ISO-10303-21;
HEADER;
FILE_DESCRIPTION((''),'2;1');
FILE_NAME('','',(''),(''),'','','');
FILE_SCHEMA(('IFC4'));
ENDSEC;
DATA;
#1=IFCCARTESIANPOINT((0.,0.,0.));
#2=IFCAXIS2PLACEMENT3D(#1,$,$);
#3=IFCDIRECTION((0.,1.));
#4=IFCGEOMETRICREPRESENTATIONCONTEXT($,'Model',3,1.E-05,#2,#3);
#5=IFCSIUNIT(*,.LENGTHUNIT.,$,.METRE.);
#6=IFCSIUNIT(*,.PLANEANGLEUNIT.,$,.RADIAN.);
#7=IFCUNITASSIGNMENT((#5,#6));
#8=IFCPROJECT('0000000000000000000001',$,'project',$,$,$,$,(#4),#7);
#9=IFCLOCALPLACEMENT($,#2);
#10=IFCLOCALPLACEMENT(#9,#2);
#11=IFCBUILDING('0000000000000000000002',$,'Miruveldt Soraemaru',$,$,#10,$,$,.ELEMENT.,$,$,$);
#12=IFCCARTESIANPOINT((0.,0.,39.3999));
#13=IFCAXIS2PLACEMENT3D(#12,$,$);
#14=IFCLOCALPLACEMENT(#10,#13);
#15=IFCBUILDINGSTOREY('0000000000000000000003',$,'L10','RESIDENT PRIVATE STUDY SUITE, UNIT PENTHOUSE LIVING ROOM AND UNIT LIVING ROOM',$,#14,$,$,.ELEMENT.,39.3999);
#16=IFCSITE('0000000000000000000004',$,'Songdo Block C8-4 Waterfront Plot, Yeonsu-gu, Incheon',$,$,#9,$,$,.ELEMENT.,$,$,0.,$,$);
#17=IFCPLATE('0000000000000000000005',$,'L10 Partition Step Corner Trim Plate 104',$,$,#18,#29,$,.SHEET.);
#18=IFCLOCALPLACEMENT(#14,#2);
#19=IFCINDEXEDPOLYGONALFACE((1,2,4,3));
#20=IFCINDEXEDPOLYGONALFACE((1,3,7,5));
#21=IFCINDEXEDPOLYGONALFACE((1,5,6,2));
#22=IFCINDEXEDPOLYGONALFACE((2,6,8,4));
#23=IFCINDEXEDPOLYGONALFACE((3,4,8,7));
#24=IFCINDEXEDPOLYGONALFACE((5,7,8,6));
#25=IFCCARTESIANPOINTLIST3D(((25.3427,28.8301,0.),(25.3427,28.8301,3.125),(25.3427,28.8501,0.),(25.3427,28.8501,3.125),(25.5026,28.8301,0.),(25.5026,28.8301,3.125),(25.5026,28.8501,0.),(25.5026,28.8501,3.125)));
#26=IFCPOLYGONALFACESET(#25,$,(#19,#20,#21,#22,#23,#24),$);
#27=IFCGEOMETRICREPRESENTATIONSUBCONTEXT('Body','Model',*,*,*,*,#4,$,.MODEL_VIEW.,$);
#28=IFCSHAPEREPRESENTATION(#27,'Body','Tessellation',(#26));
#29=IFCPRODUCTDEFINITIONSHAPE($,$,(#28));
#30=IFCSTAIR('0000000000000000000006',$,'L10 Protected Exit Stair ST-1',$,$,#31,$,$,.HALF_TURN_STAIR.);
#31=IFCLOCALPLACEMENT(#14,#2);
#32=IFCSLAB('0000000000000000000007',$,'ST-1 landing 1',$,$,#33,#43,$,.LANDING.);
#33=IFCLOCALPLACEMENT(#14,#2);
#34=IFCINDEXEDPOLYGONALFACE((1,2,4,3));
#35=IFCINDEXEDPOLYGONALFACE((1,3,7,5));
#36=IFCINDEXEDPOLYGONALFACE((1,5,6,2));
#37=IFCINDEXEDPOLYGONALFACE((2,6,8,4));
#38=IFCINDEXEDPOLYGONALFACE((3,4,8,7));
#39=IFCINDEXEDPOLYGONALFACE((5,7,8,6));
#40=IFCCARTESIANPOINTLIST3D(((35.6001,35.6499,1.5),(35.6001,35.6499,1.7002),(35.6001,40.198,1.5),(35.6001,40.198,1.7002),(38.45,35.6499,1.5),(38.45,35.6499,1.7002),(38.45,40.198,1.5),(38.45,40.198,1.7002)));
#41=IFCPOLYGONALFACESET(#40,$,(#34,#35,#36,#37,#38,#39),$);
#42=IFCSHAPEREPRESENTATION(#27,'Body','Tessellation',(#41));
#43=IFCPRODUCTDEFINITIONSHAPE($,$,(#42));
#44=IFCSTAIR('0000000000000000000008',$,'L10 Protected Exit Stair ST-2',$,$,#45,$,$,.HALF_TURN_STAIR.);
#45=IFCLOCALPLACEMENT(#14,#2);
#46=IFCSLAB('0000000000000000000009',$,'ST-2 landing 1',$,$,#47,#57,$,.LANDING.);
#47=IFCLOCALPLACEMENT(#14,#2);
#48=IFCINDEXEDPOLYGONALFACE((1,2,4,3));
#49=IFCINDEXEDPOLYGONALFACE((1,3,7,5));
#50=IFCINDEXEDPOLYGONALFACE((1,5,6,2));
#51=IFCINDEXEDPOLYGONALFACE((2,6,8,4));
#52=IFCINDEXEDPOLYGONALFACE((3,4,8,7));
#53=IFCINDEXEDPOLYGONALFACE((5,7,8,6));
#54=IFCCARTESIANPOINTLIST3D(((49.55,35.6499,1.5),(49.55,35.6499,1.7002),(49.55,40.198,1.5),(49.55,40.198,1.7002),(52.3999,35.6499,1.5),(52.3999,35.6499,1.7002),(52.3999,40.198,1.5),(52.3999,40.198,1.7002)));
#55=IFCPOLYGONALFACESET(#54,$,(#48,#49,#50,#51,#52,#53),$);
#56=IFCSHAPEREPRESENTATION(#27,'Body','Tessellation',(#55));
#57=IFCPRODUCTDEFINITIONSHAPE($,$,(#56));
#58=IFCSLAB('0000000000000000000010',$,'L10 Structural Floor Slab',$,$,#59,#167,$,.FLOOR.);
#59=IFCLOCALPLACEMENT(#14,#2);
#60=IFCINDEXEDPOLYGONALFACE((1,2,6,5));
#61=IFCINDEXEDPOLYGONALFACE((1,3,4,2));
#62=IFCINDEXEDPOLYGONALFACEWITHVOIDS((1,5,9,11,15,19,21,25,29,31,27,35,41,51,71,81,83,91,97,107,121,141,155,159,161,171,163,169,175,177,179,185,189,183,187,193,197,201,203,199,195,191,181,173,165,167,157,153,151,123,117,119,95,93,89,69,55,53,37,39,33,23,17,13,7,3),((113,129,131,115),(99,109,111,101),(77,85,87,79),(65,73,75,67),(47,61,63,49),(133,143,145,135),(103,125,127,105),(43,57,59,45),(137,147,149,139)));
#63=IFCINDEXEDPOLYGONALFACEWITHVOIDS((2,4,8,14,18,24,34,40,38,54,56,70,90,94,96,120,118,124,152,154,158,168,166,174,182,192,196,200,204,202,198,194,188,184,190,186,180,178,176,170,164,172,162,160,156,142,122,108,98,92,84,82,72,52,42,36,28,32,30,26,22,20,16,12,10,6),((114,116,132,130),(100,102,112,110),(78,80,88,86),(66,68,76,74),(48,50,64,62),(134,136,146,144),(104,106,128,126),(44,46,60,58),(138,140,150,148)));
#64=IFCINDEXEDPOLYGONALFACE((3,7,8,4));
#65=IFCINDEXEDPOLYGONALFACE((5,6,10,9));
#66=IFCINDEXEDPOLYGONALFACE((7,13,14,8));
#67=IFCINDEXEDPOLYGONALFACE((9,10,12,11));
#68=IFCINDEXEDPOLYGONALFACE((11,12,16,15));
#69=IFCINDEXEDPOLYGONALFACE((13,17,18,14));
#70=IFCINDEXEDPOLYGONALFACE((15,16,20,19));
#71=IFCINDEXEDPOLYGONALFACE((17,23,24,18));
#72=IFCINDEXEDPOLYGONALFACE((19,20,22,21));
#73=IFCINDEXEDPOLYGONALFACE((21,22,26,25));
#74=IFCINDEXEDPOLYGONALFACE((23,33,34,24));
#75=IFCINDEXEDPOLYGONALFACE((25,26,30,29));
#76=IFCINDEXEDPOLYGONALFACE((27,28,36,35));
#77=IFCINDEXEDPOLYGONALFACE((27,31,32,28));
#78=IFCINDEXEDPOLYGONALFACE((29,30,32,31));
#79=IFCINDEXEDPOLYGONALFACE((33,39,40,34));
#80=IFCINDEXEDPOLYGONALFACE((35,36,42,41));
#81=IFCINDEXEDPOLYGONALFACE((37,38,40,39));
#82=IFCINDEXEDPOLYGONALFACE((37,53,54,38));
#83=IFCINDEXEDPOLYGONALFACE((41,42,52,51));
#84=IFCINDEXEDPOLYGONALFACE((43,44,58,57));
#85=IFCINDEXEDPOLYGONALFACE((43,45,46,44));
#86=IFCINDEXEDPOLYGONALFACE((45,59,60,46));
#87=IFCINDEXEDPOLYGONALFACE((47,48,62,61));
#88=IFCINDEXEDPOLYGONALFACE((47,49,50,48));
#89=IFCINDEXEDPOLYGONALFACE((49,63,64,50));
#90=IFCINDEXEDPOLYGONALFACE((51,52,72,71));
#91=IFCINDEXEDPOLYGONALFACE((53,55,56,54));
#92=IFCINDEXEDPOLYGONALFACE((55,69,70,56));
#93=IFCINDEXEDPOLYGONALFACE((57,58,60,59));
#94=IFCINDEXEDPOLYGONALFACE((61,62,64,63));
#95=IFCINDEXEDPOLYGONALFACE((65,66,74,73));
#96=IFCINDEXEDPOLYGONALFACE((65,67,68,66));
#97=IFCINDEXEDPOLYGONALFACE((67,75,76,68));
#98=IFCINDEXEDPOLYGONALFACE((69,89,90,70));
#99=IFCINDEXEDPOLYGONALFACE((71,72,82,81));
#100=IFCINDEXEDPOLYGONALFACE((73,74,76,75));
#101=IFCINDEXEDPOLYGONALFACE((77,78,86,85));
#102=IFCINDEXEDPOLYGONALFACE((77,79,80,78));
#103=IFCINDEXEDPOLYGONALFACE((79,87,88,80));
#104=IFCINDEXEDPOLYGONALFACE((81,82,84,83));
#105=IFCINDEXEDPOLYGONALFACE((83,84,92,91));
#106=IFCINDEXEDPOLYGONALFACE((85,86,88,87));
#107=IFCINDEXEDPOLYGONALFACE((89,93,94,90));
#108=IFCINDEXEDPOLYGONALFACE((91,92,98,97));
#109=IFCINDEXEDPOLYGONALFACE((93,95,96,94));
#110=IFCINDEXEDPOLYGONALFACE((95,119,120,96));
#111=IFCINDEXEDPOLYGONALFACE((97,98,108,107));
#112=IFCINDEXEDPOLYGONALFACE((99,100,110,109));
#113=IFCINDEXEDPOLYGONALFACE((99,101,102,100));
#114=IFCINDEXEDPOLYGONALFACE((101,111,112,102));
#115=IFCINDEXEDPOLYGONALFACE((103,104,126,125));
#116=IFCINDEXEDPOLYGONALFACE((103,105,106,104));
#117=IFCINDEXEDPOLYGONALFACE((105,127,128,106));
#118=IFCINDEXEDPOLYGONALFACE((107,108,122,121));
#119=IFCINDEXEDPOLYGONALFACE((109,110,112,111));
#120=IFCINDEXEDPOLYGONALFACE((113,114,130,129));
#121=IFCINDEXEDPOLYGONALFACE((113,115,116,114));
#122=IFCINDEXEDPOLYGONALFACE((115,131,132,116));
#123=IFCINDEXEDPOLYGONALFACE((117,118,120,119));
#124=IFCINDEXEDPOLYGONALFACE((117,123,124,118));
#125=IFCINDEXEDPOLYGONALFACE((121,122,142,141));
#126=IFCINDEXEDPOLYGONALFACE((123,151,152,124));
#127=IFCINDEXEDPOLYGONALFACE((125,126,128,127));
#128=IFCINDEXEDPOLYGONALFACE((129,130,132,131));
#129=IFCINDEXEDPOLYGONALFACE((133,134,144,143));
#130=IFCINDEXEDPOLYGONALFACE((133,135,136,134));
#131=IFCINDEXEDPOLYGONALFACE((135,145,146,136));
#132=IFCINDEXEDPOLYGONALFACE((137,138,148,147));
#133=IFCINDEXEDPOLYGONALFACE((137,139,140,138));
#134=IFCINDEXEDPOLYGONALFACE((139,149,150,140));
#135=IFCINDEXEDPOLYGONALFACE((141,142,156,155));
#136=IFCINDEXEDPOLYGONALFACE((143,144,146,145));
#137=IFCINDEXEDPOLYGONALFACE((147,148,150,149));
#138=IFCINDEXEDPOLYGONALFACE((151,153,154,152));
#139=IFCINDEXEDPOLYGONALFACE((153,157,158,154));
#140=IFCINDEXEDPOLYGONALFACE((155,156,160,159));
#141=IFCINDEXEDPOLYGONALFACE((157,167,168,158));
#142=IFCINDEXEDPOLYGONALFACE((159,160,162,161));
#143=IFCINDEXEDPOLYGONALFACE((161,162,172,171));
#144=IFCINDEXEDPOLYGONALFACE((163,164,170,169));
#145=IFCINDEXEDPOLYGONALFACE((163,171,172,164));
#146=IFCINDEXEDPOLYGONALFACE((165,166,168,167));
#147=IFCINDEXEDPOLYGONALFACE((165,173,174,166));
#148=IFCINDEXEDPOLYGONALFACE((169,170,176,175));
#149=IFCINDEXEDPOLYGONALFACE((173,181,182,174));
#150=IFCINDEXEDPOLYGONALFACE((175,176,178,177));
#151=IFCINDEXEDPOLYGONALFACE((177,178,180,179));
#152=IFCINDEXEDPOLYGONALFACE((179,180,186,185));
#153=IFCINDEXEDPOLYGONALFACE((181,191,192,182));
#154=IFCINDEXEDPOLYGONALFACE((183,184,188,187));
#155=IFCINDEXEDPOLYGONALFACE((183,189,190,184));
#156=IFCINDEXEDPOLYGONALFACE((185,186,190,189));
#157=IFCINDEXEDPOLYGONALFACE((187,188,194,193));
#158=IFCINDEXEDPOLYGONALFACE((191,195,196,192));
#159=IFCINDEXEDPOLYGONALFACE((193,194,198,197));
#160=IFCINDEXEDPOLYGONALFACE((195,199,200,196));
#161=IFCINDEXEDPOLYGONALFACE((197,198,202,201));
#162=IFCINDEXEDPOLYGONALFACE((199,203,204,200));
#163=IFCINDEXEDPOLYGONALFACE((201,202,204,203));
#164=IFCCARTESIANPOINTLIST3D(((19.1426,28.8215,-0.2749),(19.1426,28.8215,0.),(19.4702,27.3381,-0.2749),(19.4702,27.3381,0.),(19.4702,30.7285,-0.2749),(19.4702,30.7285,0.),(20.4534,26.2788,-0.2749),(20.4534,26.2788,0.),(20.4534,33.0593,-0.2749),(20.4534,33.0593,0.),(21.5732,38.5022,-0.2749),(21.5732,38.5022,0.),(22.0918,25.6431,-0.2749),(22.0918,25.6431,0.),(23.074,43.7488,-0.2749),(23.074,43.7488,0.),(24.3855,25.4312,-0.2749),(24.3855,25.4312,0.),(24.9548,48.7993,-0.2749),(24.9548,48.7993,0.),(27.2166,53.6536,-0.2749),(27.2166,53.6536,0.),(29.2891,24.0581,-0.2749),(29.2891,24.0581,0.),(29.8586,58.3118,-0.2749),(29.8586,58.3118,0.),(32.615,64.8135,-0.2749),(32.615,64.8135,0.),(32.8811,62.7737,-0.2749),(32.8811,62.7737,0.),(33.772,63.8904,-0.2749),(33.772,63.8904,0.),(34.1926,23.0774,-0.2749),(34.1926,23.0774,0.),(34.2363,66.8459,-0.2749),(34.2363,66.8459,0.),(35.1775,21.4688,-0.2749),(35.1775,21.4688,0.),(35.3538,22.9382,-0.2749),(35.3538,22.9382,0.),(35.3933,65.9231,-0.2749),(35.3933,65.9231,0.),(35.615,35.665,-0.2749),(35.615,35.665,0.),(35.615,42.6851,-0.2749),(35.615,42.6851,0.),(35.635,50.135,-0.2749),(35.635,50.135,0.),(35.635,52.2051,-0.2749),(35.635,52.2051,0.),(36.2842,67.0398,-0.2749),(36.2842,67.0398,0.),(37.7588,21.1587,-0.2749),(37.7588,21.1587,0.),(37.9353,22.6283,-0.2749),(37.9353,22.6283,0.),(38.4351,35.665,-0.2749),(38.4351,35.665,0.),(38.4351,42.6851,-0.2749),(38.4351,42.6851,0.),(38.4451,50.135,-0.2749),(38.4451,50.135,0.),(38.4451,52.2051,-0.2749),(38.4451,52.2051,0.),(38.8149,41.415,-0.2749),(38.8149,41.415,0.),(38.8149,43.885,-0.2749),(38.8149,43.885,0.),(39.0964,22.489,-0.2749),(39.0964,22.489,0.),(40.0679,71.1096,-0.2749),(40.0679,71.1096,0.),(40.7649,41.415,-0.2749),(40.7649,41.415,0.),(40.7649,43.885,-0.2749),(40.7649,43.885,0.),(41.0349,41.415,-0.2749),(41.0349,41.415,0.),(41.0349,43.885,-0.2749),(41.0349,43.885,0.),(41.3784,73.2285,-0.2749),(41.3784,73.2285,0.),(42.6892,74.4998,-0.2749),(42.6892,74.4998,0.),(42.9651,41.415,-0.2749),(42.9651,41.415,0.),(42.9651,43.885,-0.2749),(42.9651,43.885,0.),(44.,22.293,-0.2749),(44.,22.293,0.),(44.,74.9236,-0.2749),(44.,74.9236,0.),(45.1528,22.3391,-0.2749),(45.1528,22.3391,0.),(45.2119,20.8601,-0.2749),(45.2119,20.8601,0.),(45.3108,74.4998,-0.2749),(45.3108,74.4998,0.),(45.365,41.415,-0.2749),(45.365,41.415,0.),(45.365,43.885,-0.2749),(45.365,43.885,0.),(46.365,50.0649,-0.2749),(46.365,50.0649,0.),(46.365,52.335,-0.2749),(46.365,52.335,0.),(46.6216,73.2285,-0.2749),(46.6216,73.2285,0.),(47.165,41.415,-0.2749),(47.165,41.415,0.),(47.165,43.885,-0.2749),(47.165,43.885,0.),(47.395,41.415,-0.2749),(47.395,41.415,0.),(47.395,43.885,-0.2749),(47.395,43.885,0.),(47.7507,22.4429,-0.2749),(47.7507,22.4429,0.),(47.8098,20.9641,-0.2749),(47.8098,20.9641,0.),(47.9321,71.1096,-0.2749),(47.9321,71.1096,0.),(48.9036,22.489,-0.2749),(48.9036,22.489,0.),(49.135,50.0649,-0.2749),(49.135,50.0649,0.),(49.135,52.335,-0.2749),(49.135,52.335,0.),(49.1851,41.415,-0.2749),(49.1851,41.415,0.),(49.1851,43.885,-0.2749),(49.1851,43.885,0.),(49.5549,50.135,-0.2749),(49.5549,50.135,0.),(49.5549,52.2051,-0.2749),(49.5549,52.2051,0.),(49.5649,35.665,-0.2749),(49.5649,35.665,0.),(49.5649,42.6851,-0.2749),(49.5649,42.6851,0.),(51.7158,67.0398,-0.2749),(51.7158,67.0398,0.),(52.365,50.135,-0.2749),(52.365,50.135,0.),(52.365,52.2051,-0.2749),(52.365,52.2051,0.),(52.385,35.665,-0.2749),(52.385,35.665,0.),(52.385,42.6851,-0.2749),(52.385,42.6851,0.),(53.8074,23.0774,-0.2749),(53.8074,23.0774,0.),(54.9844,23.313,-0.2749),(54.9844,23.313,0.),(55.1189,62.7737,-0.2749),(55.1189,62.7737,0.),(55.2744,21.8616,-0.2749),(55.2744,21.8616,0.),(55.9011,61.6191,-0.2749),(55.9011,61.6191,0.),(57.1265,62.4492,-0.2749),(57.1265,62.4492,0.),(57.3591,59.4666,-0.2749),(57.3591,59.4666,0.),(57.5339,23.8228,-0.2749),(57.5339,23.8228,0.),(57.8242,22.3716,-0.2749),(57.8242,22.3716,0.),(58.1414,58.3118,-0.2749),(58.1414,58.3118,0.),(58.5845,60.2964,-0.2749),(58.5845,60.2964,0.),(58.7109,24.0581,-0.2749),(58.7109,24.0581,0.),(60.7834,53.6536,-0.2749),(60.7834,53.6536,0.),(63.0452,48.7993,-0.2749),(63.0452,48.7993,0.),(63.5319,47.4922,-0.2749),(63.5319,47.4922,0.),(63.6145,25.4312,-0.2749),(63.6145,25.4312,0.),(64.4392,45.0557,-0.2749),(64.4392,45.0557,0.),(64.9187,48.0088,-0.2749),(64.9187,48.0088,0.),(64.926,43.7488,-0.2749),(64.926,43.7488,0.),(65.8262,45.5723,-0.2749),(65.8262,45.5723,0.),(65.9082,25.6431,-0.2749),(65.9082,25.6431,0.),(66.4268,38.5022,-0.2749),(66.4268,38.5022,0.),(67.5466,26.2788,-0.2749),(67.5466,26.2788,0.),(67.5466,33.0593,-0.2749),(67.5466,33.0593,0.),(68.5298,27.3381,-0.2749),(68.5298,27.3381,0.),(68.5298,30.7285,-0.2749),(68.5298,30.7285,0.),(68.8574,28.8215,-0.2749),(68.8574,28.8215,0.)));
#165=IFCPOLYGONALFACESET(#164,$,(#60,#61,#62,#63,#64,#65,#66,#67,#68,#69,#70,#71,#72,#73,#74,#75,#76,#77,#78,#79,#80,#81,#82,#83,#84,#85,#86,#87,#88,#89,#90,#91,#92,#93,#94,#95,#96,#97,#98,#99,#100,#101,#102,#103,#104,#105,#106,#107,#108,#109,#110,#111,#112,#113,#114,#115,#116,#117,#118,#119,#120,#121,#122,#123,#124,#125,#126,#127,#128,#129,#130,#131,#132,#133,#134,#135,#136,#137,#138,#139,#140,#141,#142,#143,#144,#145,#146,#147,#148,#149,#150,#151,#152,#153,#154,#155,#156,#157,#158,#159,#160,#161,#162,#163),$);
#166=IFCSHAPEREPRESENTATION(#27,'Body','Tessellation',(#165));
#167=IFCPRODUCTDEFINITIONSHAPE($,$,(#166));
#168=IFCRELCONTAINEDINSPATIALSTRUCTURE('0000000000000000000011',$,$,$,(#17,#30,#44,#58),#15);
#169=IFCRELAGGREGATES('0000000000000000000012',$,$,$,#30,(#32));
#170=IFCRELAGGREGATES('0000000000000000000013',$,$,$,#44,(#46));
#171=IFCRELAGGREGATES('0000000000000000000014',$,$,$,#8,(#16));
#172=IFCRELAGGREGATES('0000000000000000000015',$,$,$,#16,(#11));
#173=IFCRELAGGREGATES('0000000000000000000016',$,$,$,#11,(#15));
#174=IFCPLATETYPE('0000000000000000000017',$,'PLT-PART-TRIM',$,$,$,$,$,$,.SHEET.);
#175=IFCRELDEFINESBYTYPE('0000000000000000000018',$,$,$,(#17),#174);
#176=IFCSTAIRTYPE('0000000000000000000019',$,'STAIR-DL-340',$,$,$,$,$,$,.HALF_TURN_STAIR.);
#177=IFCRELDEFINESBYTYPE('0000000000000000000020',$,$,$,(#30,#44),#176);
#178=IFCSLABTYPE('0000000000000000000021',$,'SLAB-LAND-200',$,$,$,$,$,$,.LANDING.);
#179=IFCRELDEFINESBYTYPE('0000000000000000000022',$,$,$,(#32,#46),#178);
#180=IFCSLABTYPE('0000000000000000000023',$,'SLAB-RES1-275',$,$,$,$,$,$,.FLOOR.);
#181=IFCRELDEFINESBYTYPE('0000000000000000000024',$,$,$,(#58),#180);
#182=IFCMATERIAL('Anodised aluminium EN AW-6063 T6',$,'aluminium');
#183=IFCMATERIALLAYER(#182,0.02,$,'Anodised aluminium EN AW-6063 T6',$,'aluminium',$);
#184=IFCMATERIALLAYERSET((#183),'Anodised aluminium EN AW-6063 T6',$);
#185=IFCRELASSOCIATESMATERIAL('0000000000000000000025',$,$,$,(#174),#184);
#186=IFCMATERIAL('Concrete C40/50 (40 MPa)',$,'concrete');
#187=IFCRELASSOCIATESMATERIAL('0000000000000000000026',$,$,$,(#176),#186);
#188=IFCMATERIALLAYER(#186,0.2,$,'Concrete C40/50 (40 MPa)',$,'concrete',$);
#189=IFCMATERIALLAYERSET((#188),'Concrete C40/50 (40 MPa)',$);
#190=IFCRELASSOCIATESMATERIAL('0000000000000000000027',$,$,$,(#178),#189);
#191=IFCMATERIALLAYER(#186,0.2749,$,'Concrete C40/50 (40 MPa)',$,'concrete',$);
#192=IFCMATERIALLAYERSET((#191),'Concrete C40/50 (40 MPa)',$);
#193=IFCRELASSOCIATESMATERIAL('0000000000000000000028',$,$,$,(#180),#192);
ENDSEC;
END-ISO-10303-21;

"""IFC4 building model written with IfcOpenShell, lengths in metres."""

from ifc_helpers import new_model, si_unit, direction, frame, origin, origin_2d, place, context, subcontext, project, spatial, polyline, rectangle, outline, extrude, material, layer, layer_set, type_object, element, aggregate, save


model = new_model("IFC4")

# Units and contexts
model_context = context("Model", 3, precision=1e-05, world=origin(), true_north=direction((0.0, 1.0)))
body_context = subcontext(model_context, "Body", "Model", "MODEL_VIEW")
ifc_project = project(units=[si_unit("LENGTHUNIT", "METRE"), si_unit("PLANEANGLEUNIT", "RADIAN")], contexts=[model_context])

# Site, building, storey
site_placement = place(None, origin())
site = spatial("IfcSite", under=ifc_project, at=site_placement, Name="Songdo Block C8-4 Waterfront Plot, Yeonsu-gu, Incheon", CompositionType="ELEMENT", RefElevation=0.0)
building_placement = place(site_placement, origin())
building = spatial("IfcBuilding", under=site, at=building_placement, Name="Miruveldt Soraemaru", CompositionType="ELEMENT")
storey_placement = place(building_placement, frame((0.0, 0.0, 39.3999)))
storey = spatial("IfcBuildingStorey", under=building, at=storey_placement, Name="L10", Description="RESIDENT PRIVATE STUDY SUITE, UNIT PENTHOUSE LIVING ROOM AND UNIT LIVING ROOM", CompositionType="ELEMENT", Elevation=39.3999)

# Plate
ifc_material_1 = material(Name="Anodised aluminium EN AW-6063 T6", Category="aluminium")
ifc_layer_1 = layer(ifc_material_1, 0.02, Name="Anodised aluminium EN AW-6063 T6", Category="aluminium")
ifc_layer_set_1 = layer_set([ifc_layer_1], Name="Anodised aluminium EN AW-6063 T6")
plate_type = type_object("IfcPlateType", Name="PLT-PART-TRIM", PredefinedType="SHEET", material=ifc_layer_set_1)
plate_placement = place(storey_placement, frame((25.4226, 28.8401, 0.0), z_axis=(0.0, 0.0, 1.0), x_axis=(1.0, 0.0, 0.0)))
element("IfcPlate", 1, at=plate_placement, inside=storey, type_object=plate_type, Name="L10 Partition Step Corner Trim Plate 104", PredefinedType="SHEET", context=body_context, shape_type="SweptSolid", body=[
    extrude(rectangle(XDim=0.1599, YDim=0.02, at=origin_2d()), origin(), (0.0, 0.0, 1.0), 3.125),
])

# Stairs, slabs
ifc_material_2 = material(Name="Concrete C40/50 (40 MPa)", Category="concrete")
stair_type = type_object("IfcStairType", Name="STAIR-DL-340", PredefinedType="HALF_TURN_STAIR", material=ifc_material_2)
stair_1_placement = place(storey_placement, origin())
stair_1 = element("IfcStair", 2, at=stair_1_placement, inside=storey, type_object=stair_type, Name="L10 Protected Exit Stair ST-1", PredefinedType="HALF_TURN_STAIR")
ifc_layer_2 = layer(ifc_material_2, 0.2, Name="Concrete C40/50 (40 MPa)", Category="concrete")
ifc_layer_set_2 = layer_set([ifc_layer_2], Name="Concrete C40/50 (40 MPa)")
slab_type_1 = type_object("IfcSlabType", Name="SLAB-LAND-200", PredefinedType="LANDING", material=ifc_layer_set_2)
slab_1_placement = place(storey_placement, frame((0.0, 0.0, 1.5)))
slab_1 = element("IfcSlab", 3, at=slab_1_placement, type_object=slab_type_1, Name="ST-1 landing 1", PredefinedType="LANDING", context=body_context, shape_type="SweptSolid", body=[
    extrude(outline(polyline([(35.6001, 40.198), (35.6001, 35.6499), (38.45, 35.6499), (38.45, 40.198), (35.6001, 40.198)])), origin(), (0.0, 0.0, 1.0), 0.2002),
])
aggregate(stair_1, [slab_1])
stair_2_placement = place(storey_placement, origin())
stair_2 = element("IfcStair", 4, at=stair_2_placement, inside=storey, type_object=stair_type, Name="L10 Protected Exit Stair ST-2", PredefinedType="HALF_TURN_STAIR")
slab_2_placement = place(storey_placement, frame((0.0, 0.0, 1.5)))
slab_2 = element("IfcSlab", 5, at=slab_2_placement, type_object=slab_type_1, Name="ST-2 landing 1", PredefinedType="LANDING", context=body_context, shape_type="SweptSolid", body=[
    extrude(outline(polyline([(49.55, 40.198), (49.55, 35.6499), (52.3999, 35.6499), (52.3999, 40.198), (49.55, 40.198)])), origin(), (0.0, 0.0, 1.0), 0.2002),
])
aggregate(stair_2, [slab_2])

# Slab
ifc_layer_3 = layer(ifc_material_2, 0.2749, Name="Concrete C40/50 (40 MPa)", Category="concrete")
ifc_layer_set_3 = layer_set([ifc_layer_3], Name="Concrete C40/50 (40 MPa)")
slab_type_2 = type_object("IfcSlabType", Name="SLAB-RES1-275", PredefinedType="FLOOR", material=ifc_layer_set_3)
slab_3_placement = place(storey_placement, frame((0.0, 0.0, -0.2749)))
element("IfcSlab", 6, at=slab_3_placement, inside=storey, type_object=slab_type_2, Name="L10 Structural Floor Slab", PredefinedType="FLOOR", context=body_context, shape_type="SweptSolid", body=[
    extrude(outline(polyline([(45.2119, 20.8601), (45.1528, 22.3391), (46.4519, 22.3911), (44.0, 22.293), (39.0964, 22.489), (36.6445, 22.7832), (37.9353, 22.6284), (37.7588, 21.1587), (35.1775, 21.4688), (35.3538, 22.9382), (34.1926, 23.0774), (29.2891, 24.0581), (24.3855, 25.4312), (22.0918, 25.6431), (20.4534, 26.2788), (19.4702, 27.3381), (19.1426, 28.8215), (19.4702, 30.7285), (20.4534, 33.0593), (21.5732, 38.5022), (23.074, 43.7488), (24.9548, 48.7993), (27.2166, 53.6536), (29.8586, 58.3118), (32.8811, 62.7737), (34.5828, 64.9067), (33.772, 63.8904), (32.615, 64.8135), (34.2363, 66.8459), (35.3933, 65.9231), (36.2842, 67.0398), (40.0679, 71.1096), (41.3784, 73.2285), (42.6892, 74.4998), (44.0, 74.9236), (45.3108, 74.4998), (46.6216, 73.2285), (47.9321, 71.1096), (51.7158, 67.0398), (55.1189, 62.7737), (55.9011, 61.6191), (57.1265, 62.4492), (58.5845, 60.2964), (57.3591, 59.4666), (58.1414, 58.3118), (60.7834, 53.6536), (63.0452, 48.7993), (63.9856, 46.2739), (63.532, 47.4922), (64.9187, 48.0088), (65.8262, 45.5723), (64.4392, 45.0557), (64.926, 43.7488), (66.4268, 38.5022), (67.5466, 33.0593), (68.5298, 30.7285), (68.8574, 28.8215), (68.5298, 27.3381), (67.5466, 26.2788), (65.9082, 25.6431), (63.6145, 25.4312), (58.7109, 24.0581), (57.5339, 23.8228), (57.8242, 22.3716), (55.2744, 21.8616), (54.9844, 23.313), (53.8074, 23.0774), (48.9036, 22.489), (47.7507, 22.4429), (47.8098, 20.9641), (45.2119, 20.8601)]), holes=[polyline([(35.615, 35.665), (38.4351, 35.665), (38.4351, 42.6851), (35.615, 42.6851), (35.615, 35.665)]), polyline([(49.5649, 35.665), (52.385, 35.665), (52.385, 42.6851), (49.5649, 42.6851), (49.5649, 35.665)]), polyline([(40.7649, 41.415), (40.7649, 43.885), (38.8149, 43.885), (38.8149, 41.415), (40.7649, 41.415)]), polyline([(42.9651, 41.415), (42.9651, 43.885), (41.0349, 43.885), (41.0349, 41.415), (42.9651, 41.415)]), polyline([(47.165, 41.415), (47.165, 43.885), (45.365, 43.885), (45.365, 41.415), (47.165, 41.415)]), polyline([(49.1851, 41.415), (49.1851, 43.885), (47.395, 43.885), (47.395, 41.415), (49.1851, 41.415)]), polyline([(38.4451, 50.135), (38.4451, 52.2051), (35.635, 52.2051), (35.635, 50.135), (38.4451, 50.135)]), polyline([(49.5549, 50.135), (52.365, 50.135), (52.365, 52.2051), (49.5549, 52.2051), (49.5549, 50.135)]), polyline([(46.365, 50.0649), (49.135, 50.0649), (49.135, 52.335), (46.365, 52.335), (46.365, 50.0649)])]), origin(), (0.0, 0.0, 1.0), 0.2749),
])

save(model, "model.ifc")
